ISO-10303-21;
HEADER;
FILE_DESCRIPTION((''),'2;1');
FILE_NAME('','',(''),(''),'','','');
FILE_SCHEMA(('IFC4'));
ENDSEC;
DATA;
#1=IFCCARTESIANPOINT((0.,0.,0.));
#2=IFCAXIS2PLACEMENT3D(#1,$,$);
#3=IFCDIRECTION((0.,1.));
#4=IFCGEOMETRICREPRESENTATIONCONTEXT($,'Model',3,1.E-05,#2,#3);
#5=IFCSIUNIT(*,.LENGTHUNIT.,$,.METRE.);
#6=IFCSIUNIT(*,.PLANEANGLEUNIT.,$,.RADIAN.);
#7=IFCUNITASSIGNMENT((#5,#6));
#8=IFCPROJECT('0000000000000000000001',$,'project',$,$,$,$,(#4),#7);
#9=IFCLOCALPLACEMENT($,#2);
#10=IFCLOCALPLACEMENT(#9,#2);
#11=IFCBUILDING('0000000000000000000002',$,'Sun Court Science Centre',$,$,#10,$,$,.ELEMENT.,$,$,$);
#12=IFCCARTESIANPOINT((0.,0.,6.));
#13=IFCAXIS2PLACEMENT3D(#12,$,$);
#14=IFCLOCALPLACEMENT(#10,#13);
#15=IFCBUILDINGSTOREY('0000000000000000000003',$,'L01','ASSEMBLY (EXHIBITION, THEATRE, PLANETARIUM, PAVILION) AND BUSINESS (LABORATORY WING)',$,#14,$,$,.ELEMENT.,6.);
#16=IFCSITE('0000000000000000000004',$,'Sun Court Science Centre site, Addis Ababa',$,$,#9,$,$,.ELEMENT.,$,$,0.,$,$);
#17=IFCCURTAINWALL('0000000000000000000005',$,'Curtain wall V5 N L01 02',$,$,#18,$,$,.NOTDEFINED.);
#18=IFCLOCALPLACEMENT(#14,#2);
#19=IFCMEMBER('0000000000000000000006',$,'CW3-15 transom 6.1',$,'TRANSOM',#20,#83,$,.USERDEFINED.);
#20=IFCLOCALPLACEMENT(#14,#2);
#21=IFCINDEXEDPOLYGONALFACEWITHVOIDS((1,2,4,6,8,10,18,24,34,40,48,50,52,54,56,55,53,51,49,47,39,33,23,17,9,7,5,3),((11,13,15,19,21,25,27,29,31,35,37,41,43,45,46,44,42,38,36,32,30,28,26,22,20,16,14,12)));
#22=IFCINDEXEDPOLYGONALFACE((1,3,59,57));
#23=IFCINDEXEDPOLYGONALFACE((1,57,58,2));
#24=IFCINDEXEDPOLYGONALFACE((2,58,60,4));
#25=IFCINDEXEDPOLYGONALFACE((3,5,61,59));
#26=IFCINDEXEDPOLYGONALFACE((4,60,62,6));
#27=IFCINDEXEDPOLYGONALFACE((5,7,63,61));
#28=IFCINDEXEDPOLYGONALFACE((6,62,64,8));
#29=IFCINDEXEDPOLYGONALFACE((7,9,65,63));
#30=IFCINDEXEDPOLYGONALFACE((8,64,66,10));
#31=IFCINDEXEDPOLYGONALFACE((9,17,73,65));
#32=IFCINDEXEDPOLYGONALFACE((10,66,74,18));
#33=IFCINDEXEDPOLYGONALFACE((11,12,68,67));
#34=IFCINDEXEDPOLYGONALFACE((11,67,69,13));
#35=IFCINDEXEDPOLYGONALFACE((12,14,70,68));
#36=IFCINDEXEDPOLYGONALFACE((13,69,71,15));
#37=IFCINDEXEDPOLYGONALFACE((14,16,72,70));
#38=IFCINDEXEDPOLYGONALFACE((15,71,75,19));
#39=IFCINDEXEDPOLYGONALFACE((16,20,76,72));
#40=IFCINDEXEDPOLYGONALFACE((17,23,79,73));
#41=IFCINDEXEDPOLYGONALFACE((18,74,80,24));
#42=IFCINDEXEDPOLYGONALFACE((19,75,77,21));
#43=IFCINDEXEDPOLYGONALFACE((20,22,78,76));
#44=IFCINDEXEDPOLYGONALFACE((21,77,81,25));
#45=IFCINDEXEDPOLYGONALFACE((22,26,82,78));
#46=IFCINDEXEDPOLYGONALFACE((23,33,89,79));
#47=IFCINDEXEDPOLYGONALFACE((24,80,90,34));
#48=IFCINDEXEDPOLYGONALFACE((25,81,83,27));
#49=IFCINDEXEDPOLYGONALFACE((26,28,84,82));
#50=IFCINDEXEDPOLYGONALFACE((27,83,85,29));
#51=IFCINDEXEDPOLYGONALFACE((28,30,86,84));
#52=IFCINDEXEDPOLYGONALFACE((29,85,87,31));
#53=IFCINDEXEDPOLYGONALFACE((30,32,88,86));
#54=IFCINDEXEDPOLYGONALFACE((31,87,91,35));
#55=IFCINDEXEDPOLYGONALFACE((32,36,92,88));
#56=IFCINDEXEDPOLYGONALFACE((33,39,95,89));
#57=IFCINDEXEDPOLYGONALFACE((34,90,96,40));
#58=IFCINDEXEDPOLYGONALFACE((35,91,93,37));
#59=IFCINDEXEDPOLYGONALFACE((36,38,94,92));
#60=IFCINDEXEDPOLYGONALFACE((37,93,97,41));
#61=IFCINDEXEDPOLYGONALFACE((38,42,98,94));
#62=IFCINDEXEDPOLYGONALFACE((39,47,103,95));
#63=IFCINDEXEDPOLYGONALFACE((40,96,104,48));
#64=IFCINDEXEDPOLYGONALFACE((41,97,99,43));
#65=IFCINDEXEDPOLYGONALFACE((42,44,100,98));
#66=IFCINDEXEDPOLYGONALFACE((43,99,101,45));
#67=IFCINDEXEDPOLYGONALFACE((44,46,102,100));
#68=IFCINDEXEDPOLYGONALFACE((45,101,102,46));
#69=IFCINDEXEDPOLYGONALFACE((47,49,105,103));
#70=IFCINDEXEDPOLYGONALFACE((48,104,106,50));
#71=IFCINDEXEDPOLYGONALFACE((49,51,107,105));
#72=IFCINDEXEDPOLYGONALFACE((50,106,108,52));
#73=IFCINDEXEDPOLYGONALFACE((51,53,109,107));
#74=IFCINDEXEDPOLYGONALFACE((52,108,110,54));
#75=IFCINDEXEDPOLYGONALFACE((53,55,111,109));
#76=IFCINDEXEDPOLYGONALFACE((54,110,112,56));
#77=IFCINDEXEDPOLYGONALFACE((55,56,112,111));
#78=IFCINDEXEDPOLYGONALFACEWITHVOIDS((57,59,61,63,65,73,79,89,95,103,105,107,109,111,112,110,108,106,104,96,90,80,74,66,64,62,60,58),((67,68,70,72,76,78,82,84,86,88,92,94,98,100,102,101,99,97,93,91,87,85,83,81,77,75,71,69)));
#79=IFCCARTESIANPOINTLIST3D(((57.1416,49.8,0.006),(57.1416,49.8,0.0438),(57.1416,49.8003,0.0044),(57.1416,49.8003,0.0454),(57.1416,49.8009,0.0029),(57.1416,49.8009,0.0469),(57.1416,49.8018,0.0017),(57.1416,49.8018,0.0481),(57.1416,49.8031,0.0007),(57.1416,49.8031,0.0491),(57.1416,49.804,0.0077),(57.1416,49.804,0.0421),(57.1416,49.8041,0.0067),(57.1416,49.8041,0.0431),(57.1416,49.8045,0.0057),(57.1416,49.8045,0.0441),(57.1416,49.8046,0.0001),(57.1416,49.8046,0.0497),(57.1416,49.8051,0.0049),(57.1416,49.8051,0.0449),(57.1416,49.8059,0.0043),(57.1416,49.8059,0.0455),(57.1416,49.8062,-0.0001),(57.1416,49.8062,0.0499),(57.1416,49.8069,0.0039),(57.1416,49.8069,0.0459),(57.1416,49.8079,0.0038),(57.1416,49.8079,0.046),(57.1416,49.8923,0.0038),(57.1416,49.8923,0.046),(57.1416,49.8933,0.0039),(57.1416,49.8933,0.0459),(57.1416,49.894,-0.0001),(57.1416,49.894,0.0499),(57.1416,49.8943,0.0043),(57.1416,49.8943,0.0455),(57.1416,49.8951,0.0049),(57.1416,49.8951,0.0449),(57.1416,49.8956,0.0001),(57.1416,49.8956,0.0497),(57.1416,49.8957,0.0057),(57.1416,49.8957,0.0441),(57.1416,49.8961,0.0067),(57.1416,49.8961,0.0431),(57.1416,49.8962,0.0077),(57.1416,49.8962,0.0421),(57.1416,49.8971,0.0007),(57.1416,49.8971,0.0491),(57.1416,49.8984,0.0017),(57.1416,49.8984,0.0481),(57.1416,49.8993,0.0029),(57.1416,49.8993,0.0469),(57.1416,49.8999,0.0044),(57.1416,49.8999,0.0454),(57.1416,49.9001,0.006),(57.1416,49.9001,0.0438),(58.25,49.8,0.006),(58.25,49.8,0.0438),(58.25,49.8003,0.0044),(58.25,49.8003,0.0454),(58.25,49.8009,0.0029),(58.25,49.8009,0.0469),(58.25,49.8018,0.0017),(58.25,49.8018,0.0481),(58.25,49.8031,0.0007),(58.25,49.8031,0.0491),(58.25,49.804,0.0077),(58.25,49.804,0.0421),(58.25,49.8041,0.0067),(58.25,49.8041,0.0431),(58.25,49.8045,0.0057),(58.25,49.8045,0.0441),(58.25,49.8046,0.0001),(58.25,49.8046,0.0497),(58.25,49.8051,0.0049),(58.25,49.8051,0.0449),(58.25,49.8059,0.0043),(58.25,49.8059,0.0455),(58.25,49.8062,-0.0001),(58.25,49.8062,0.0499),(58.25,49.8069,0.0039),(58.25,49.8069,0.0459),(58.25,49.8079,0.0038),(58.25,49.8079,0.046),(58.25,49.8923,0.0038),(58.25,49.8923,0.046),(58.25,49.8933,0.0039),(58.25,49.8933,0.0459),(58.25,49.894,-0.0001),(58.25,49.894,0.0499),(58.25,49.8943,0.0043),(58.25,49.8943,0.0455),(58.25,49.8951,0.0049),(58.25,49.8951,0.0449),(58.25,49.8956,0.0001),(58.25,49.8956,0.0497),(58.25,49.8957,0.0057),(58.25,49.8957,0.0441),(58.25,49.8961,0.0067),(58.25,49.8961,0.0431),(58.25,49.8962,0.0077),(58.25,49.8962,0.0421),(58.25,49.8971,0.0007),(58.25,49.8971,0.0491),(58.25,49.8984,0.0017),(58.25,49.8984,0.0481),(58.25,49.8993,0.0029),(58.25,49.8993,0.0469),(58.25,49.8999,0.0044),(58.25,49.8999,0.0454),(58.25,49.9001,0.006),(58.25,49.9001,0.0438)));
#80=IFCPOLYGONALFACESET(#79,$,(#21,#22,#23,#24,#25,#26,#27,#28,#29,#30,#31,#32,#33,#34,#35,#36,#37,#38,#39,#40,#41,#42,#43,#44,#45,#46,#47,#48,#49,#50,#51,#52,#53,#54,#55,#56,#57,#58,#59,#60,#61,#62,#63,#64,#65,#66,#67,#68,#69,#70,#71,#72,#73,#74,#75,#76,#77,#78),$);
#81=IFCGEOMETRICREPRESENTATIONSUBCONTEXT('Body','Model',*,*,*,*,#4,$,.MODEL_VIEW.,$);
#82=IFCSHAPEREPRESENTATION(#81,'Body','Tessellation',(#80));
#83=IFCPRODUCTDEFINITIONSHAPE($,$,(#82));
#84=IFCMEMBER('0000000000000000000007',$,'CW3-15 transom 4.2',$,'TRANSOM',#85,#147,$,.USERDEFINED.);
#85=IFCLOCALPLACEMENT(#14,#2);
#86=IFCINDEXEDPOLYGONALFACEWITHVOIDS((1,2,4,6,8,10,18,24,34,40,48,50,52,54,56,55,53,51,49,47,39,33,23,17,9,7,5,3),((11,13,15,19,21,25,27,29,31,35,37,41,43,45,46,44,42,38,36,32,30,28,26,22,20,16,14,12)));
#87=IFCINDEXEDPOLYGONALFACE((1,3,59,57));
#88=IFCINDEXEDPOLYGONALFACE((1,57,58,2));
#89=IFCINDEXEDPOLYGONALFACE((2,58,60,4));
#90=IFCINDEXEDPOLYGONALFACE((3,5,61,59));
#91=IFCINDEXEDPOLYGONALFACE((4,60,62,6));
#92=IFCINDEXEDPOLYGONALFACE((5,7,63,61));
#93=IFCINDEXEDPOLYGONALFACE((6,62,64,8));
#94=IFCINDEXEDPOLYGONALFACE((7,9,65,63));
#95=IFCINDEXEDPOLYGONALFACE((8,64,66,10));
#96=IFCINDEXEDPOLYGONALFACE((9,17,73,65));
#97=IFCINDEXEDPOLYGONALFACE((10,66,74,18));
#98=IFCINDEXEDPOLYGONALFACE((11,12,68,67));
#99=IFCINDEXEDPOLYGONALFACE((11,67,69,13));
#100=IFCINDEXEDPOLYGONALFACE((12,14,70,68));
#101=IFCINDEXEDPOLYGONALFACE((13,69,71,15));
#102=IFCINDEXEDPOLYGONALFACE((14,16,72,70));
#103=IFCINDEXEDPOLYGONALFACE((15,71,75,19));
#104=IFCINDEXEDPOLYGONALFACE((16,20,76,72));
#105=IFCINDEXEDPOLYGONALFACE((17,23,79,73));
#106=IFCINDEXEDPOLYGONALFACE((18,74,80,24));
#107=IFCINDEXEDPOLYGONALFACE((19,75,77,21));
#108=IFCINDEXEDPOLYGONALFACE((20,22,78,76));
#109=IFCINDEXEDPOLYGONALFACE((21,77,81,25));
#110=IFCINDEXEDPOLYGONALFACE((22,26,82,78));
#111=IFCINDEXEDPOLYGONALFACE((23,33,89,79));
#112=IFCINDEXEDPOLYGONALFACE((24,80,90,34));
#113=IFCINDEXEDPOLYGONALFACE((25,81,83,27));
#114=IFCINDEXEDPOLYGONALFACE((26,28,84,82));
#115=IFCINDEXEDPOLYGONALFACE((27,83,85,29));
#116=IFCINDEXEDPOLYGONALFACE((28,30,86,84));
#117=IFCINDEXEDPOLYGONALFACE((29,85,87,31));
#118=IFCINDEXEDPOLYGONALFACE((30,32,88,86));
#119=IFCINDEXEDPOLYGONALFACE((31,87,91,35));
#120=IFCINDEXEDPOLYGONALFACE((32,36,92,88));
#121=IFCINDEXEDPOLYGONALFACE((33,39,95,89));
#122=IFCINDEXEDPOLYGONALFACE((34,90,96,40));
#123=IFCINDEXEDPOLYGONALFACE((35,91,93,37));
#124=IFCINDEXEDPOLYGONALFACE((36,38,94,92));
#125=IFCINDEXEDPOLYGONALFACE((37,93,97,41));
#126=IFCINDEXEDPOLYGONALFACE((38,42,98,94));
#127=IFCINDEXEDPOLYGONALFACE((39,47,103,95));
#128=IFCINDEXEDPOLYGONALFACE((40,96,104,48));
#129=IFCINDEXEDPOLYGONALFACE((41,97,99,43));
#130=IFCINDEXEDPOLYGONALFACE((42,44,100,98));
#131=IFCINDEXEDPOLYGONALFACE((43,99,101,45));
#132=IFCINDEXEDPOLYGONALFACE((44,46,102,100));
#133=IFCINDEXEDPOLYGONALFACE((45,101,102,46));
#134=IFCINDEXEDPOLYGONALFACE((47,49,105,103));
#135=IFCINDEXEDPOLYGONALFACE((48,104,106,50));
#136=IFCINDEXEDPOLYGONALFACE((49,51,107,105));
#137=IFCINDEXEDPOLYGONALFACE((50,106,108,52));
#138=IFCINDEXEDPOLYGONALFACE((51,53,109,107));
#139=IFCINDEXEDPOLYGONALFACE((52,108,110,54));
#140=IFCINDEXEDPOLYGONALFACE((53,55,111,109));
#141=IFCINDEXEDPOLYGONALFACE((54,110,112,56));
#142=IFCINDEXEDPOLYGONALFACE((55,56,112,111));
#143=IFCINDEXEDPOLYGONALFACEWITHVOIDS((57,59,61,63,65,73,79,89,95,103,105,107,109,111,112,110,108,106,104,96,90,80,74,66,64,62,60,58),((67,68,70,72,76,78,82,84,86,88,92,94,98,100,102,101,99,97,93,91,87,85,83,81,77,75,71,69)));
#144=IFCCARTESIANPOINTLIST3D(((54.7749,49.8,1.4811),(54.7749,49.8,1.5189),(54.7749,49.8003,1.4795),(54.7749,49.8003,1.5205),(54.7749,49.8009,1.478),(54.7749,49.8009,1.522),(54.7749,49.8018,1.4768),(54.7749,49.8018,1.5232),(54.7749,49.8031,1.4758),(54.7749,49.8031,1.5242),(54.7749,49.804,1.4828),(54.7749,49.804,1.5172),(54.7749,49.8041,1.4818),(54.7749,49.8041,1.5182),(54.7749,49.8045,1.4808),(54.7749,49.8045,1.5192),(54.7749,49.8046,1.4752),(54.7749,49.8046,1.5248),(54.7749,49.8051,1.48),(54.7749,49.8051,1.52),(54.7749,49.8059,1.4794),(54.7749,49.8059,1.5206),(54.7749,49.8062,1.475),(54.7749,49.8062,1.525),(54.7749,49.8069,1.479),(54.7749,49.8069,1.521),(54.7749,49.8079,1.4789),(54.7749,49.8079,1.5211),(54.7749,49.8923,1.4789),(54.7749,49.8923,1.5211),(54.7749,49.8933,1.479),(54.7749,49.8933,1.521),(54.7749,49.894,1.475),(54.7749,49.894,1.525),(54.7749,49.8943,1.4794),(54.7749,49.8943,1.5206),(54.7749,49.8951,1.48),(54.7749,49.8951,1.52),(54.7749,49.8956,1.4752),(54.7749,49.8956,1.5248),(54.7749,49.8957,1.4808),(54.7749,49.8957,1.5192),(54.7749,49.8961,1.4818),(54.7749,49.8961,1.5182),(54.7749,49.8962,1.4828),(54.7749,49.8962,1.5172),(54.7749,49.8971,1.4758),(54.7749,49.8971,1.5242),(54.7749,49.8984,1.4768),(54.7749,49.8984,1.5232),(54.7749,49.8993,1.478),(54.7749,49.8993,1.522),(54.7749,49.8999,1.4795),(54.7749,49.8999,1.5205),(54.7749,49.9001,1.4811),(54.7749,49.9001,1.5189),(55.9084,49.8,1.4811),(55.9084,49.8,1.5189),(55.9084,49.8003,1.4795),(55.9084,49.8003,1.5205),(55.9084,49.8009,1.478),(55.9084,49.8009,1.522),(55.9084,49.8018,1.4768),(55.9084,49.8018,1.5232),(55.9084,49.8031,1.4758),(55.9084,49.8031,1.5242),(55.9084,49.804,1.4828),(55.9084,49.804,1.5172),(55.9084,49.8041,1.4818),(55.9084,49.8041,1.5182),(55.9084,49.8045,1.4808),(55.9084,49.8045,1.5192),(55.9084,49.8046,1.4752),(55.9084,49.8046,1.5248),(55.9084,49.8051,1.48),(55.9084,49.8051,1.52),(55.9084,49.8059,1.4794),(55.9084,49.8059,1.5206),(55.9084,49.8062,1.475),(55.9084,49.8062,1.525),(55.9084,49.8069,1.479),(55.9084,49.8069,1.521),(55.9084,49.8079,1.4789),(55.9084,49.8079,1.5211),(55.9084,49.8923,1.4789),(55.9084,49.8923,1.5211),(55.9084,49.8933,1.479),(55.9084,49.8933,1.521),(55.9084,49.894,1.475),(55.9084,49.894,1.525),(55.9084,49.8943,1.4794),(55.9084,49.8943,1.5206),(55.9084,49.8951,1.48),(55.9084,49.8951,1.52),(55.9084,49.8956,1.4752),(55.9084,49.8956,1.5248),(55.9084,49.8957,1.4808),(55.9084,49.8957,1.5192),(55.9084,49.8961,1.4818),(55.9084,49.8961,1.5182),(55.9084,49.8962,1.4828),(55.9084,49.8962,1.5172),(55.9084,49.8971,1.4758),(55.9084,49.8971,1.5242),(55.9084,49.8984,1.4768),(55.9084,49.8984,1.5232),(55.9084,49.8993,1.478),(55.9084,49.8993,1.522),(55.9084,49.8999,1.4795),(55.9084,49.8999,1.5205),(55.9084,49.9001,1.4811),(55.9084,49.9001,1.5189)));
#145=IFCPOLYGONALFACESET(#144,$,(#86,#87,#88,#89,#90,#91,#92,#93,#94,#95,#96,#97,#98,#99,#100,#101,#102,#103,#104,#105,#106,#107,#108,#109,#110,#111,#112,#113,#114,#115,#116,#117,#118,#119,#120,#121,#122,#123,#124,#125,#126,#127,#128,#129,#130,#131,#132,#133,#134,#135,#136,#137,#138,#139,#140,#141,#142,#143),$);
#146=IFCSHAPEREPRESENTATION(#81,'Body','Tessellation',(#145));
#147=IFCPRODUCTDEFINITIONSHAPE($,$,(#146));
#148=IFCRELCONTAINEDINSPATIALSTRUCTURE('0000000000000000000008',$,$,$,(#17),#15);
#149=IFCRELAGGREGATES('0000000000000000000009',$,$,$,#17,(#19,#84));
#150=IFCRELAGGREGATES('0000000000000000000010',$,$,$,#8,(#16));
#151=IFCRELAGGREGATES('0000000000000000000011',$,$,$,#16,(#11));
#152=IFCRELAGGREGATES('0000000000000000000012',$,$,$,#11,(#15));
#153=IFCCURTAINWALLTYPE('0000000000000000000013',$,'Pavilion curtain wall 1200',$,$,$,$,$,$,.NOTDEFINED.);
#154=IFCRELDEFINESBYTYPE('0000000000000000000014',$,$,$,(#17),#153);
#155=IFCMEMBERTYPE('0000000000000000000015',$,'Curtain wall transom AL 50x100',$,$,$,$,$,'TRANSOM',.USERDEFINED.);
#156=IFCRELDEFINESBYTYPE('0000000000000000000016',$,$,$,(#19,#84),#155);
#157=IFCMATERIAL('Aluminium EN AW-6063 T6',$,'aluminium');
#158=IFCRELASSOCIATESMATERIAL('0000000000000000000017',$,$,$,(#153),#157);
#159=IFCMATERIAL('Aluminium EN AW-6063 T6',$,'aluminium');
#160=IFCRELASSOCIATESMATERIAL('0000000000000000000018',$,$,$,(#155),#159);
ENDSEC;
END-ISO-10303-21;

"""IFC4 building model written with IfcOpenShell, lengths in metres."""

from ifc_helpers import new_model, si_unit, direction, frame, origin, origin_2d, place, context, subcontext, project, spatial, hollow_rectangle, extrude, material, material_profile, profile_set, type_object, element, aggregate, save


model = new_model("IFC4")

# Units and contexts
model_context = context("Model", 3, precision=1e-05, world=origin(), true_north=direction((0.0, 1.0)))
body_context = subcontext(model_context, "Body", "Model", "MODEL_VIEW")
ifc_project = project(units=[si_unit("LENGTHUNIT", "METRE"), si_unit("PLANEANGLEUNIT", "RADIAN")], contexts=[model_context])

# Site, building, storey
site_placement = place(None, origin())
site = spatial("IfcSite", under=ifc_project, at=site_placement, Name="Sun Court Science Centre site, Addis Ababa", CompositionType="ELEMENT", RefElevation=0.0)
building_placement = place(site_placement, origin())
building = spatial("IfcBuilding", under=site, at=building_placement, Name="Sun Court Science Centre", CompositionType="ELEMENT")
storey_placement = place(building_placement, frame((0.0, 0.0, 6.0)))
storey = spatial("IfcBuildingStorey", under=building, at=storey_placement, Name="L01", Description="ASSEMBLY (EXHIBITION, THEATRE, PLANETARIUM, PAVILION) AND BUSINESS (LABORATORY WING)", CompositionType="ELEMENT", Elevation=6.0)

# Curtain wall
ifc_material_1 = material(Name="Aluminium EN AW-6063 T6", Category="aluminium")
curtain_wall_type = type_object("IfcCurtainWallType", Name="Pavilion curtain wall 1200", PredefinedType="NOTDEFINED", material=ifc_material_1)
curtain_wall_1_placement = place(storey_placement, origin())
curtain_wall_1 = element("IfcCurtainWall", 1, at=curtain_wall_1_placement, inside=storey, type_object=curtain_wall_type, Name="Curtain wall V5 N L01 02", PredefinedType="NOTDEFINED")

# Members
ifc_material_2 = material(Name="Aluminium EN AW-6063 T6", Category="aluminium")
ifc_material_profile_1 = material_profile(ifc_material_2, hollow_rectangle(XDim=0.05, YDim=0.1001, WallThickness=0.0039, InnerFilletRadius=0.0039, OuterFilletRadius=0.0061, at=origin_2d()), Name="AL 50x100x4")
ifc_profile_set_1 = profile_set([ifc_material_profile_1], Name="Aluminium EN AW-6063 T6")
member_type_1 = type_object("IfcMemberType", Name="Curtain wall transom AL 50x100", ElementType="TRANSOM", PredefinedType="USERDEFINED", material=ifc_profile_set_1)
member_1_placement = place(storey_placement, frame((57.1416, 49.8501, 0.0249), z_axis=(1.0, 0.0, 0.0), x_axis=(0.0, 0.0, 1.0)))
member_1 = element("IfcMember", 2, at=member_1_placement, type_object=member_type_1, Name="CW3-15 transom 6.1", ObjectType="TRANSOM", PredefinedType="USERDEFINED", context=body_context, shape_type="SweptSolid", body=[
    extrude(hollow_rectangle(XDim=0.05, YDim=0.1001, WallThickness=0.0039, InnerFilletRadius=0.0039, OuterFilletRadius=0.0061, at=origin_2d()), origin(), (0.0, 0.0, 1.0), 1.1084),
])
member_2_placement = place(storey_placement, frame((54.7749, 49.8501, 1.5), z_axis=(1.0, 0.0, 0.0), x_axis=(0.0, 0.0, 1.0)))
member_2 = element("IfcMember", 3, at=member_2_placement, type_object=member_type_1, Name="CW3-15 transom 4.2", ObjectType="TRANSOM", PredefinedType="USERDEFINED", context=body_context, shape_type="SweptSolid", body=[
    extrude(hollow_rectangle(XDim=0.05, YDim=0.1001, WallThickness=0.0039, InnerFilletRadius=0.0039, OuterFilletRadius=0.0061, at=origin_2d()), origin(), (0.0, 0.0, 1.0), 1.1335),
])

aggregate(curtain_wall_1, [member_1, member_2])

save(model, "model.ifc")
